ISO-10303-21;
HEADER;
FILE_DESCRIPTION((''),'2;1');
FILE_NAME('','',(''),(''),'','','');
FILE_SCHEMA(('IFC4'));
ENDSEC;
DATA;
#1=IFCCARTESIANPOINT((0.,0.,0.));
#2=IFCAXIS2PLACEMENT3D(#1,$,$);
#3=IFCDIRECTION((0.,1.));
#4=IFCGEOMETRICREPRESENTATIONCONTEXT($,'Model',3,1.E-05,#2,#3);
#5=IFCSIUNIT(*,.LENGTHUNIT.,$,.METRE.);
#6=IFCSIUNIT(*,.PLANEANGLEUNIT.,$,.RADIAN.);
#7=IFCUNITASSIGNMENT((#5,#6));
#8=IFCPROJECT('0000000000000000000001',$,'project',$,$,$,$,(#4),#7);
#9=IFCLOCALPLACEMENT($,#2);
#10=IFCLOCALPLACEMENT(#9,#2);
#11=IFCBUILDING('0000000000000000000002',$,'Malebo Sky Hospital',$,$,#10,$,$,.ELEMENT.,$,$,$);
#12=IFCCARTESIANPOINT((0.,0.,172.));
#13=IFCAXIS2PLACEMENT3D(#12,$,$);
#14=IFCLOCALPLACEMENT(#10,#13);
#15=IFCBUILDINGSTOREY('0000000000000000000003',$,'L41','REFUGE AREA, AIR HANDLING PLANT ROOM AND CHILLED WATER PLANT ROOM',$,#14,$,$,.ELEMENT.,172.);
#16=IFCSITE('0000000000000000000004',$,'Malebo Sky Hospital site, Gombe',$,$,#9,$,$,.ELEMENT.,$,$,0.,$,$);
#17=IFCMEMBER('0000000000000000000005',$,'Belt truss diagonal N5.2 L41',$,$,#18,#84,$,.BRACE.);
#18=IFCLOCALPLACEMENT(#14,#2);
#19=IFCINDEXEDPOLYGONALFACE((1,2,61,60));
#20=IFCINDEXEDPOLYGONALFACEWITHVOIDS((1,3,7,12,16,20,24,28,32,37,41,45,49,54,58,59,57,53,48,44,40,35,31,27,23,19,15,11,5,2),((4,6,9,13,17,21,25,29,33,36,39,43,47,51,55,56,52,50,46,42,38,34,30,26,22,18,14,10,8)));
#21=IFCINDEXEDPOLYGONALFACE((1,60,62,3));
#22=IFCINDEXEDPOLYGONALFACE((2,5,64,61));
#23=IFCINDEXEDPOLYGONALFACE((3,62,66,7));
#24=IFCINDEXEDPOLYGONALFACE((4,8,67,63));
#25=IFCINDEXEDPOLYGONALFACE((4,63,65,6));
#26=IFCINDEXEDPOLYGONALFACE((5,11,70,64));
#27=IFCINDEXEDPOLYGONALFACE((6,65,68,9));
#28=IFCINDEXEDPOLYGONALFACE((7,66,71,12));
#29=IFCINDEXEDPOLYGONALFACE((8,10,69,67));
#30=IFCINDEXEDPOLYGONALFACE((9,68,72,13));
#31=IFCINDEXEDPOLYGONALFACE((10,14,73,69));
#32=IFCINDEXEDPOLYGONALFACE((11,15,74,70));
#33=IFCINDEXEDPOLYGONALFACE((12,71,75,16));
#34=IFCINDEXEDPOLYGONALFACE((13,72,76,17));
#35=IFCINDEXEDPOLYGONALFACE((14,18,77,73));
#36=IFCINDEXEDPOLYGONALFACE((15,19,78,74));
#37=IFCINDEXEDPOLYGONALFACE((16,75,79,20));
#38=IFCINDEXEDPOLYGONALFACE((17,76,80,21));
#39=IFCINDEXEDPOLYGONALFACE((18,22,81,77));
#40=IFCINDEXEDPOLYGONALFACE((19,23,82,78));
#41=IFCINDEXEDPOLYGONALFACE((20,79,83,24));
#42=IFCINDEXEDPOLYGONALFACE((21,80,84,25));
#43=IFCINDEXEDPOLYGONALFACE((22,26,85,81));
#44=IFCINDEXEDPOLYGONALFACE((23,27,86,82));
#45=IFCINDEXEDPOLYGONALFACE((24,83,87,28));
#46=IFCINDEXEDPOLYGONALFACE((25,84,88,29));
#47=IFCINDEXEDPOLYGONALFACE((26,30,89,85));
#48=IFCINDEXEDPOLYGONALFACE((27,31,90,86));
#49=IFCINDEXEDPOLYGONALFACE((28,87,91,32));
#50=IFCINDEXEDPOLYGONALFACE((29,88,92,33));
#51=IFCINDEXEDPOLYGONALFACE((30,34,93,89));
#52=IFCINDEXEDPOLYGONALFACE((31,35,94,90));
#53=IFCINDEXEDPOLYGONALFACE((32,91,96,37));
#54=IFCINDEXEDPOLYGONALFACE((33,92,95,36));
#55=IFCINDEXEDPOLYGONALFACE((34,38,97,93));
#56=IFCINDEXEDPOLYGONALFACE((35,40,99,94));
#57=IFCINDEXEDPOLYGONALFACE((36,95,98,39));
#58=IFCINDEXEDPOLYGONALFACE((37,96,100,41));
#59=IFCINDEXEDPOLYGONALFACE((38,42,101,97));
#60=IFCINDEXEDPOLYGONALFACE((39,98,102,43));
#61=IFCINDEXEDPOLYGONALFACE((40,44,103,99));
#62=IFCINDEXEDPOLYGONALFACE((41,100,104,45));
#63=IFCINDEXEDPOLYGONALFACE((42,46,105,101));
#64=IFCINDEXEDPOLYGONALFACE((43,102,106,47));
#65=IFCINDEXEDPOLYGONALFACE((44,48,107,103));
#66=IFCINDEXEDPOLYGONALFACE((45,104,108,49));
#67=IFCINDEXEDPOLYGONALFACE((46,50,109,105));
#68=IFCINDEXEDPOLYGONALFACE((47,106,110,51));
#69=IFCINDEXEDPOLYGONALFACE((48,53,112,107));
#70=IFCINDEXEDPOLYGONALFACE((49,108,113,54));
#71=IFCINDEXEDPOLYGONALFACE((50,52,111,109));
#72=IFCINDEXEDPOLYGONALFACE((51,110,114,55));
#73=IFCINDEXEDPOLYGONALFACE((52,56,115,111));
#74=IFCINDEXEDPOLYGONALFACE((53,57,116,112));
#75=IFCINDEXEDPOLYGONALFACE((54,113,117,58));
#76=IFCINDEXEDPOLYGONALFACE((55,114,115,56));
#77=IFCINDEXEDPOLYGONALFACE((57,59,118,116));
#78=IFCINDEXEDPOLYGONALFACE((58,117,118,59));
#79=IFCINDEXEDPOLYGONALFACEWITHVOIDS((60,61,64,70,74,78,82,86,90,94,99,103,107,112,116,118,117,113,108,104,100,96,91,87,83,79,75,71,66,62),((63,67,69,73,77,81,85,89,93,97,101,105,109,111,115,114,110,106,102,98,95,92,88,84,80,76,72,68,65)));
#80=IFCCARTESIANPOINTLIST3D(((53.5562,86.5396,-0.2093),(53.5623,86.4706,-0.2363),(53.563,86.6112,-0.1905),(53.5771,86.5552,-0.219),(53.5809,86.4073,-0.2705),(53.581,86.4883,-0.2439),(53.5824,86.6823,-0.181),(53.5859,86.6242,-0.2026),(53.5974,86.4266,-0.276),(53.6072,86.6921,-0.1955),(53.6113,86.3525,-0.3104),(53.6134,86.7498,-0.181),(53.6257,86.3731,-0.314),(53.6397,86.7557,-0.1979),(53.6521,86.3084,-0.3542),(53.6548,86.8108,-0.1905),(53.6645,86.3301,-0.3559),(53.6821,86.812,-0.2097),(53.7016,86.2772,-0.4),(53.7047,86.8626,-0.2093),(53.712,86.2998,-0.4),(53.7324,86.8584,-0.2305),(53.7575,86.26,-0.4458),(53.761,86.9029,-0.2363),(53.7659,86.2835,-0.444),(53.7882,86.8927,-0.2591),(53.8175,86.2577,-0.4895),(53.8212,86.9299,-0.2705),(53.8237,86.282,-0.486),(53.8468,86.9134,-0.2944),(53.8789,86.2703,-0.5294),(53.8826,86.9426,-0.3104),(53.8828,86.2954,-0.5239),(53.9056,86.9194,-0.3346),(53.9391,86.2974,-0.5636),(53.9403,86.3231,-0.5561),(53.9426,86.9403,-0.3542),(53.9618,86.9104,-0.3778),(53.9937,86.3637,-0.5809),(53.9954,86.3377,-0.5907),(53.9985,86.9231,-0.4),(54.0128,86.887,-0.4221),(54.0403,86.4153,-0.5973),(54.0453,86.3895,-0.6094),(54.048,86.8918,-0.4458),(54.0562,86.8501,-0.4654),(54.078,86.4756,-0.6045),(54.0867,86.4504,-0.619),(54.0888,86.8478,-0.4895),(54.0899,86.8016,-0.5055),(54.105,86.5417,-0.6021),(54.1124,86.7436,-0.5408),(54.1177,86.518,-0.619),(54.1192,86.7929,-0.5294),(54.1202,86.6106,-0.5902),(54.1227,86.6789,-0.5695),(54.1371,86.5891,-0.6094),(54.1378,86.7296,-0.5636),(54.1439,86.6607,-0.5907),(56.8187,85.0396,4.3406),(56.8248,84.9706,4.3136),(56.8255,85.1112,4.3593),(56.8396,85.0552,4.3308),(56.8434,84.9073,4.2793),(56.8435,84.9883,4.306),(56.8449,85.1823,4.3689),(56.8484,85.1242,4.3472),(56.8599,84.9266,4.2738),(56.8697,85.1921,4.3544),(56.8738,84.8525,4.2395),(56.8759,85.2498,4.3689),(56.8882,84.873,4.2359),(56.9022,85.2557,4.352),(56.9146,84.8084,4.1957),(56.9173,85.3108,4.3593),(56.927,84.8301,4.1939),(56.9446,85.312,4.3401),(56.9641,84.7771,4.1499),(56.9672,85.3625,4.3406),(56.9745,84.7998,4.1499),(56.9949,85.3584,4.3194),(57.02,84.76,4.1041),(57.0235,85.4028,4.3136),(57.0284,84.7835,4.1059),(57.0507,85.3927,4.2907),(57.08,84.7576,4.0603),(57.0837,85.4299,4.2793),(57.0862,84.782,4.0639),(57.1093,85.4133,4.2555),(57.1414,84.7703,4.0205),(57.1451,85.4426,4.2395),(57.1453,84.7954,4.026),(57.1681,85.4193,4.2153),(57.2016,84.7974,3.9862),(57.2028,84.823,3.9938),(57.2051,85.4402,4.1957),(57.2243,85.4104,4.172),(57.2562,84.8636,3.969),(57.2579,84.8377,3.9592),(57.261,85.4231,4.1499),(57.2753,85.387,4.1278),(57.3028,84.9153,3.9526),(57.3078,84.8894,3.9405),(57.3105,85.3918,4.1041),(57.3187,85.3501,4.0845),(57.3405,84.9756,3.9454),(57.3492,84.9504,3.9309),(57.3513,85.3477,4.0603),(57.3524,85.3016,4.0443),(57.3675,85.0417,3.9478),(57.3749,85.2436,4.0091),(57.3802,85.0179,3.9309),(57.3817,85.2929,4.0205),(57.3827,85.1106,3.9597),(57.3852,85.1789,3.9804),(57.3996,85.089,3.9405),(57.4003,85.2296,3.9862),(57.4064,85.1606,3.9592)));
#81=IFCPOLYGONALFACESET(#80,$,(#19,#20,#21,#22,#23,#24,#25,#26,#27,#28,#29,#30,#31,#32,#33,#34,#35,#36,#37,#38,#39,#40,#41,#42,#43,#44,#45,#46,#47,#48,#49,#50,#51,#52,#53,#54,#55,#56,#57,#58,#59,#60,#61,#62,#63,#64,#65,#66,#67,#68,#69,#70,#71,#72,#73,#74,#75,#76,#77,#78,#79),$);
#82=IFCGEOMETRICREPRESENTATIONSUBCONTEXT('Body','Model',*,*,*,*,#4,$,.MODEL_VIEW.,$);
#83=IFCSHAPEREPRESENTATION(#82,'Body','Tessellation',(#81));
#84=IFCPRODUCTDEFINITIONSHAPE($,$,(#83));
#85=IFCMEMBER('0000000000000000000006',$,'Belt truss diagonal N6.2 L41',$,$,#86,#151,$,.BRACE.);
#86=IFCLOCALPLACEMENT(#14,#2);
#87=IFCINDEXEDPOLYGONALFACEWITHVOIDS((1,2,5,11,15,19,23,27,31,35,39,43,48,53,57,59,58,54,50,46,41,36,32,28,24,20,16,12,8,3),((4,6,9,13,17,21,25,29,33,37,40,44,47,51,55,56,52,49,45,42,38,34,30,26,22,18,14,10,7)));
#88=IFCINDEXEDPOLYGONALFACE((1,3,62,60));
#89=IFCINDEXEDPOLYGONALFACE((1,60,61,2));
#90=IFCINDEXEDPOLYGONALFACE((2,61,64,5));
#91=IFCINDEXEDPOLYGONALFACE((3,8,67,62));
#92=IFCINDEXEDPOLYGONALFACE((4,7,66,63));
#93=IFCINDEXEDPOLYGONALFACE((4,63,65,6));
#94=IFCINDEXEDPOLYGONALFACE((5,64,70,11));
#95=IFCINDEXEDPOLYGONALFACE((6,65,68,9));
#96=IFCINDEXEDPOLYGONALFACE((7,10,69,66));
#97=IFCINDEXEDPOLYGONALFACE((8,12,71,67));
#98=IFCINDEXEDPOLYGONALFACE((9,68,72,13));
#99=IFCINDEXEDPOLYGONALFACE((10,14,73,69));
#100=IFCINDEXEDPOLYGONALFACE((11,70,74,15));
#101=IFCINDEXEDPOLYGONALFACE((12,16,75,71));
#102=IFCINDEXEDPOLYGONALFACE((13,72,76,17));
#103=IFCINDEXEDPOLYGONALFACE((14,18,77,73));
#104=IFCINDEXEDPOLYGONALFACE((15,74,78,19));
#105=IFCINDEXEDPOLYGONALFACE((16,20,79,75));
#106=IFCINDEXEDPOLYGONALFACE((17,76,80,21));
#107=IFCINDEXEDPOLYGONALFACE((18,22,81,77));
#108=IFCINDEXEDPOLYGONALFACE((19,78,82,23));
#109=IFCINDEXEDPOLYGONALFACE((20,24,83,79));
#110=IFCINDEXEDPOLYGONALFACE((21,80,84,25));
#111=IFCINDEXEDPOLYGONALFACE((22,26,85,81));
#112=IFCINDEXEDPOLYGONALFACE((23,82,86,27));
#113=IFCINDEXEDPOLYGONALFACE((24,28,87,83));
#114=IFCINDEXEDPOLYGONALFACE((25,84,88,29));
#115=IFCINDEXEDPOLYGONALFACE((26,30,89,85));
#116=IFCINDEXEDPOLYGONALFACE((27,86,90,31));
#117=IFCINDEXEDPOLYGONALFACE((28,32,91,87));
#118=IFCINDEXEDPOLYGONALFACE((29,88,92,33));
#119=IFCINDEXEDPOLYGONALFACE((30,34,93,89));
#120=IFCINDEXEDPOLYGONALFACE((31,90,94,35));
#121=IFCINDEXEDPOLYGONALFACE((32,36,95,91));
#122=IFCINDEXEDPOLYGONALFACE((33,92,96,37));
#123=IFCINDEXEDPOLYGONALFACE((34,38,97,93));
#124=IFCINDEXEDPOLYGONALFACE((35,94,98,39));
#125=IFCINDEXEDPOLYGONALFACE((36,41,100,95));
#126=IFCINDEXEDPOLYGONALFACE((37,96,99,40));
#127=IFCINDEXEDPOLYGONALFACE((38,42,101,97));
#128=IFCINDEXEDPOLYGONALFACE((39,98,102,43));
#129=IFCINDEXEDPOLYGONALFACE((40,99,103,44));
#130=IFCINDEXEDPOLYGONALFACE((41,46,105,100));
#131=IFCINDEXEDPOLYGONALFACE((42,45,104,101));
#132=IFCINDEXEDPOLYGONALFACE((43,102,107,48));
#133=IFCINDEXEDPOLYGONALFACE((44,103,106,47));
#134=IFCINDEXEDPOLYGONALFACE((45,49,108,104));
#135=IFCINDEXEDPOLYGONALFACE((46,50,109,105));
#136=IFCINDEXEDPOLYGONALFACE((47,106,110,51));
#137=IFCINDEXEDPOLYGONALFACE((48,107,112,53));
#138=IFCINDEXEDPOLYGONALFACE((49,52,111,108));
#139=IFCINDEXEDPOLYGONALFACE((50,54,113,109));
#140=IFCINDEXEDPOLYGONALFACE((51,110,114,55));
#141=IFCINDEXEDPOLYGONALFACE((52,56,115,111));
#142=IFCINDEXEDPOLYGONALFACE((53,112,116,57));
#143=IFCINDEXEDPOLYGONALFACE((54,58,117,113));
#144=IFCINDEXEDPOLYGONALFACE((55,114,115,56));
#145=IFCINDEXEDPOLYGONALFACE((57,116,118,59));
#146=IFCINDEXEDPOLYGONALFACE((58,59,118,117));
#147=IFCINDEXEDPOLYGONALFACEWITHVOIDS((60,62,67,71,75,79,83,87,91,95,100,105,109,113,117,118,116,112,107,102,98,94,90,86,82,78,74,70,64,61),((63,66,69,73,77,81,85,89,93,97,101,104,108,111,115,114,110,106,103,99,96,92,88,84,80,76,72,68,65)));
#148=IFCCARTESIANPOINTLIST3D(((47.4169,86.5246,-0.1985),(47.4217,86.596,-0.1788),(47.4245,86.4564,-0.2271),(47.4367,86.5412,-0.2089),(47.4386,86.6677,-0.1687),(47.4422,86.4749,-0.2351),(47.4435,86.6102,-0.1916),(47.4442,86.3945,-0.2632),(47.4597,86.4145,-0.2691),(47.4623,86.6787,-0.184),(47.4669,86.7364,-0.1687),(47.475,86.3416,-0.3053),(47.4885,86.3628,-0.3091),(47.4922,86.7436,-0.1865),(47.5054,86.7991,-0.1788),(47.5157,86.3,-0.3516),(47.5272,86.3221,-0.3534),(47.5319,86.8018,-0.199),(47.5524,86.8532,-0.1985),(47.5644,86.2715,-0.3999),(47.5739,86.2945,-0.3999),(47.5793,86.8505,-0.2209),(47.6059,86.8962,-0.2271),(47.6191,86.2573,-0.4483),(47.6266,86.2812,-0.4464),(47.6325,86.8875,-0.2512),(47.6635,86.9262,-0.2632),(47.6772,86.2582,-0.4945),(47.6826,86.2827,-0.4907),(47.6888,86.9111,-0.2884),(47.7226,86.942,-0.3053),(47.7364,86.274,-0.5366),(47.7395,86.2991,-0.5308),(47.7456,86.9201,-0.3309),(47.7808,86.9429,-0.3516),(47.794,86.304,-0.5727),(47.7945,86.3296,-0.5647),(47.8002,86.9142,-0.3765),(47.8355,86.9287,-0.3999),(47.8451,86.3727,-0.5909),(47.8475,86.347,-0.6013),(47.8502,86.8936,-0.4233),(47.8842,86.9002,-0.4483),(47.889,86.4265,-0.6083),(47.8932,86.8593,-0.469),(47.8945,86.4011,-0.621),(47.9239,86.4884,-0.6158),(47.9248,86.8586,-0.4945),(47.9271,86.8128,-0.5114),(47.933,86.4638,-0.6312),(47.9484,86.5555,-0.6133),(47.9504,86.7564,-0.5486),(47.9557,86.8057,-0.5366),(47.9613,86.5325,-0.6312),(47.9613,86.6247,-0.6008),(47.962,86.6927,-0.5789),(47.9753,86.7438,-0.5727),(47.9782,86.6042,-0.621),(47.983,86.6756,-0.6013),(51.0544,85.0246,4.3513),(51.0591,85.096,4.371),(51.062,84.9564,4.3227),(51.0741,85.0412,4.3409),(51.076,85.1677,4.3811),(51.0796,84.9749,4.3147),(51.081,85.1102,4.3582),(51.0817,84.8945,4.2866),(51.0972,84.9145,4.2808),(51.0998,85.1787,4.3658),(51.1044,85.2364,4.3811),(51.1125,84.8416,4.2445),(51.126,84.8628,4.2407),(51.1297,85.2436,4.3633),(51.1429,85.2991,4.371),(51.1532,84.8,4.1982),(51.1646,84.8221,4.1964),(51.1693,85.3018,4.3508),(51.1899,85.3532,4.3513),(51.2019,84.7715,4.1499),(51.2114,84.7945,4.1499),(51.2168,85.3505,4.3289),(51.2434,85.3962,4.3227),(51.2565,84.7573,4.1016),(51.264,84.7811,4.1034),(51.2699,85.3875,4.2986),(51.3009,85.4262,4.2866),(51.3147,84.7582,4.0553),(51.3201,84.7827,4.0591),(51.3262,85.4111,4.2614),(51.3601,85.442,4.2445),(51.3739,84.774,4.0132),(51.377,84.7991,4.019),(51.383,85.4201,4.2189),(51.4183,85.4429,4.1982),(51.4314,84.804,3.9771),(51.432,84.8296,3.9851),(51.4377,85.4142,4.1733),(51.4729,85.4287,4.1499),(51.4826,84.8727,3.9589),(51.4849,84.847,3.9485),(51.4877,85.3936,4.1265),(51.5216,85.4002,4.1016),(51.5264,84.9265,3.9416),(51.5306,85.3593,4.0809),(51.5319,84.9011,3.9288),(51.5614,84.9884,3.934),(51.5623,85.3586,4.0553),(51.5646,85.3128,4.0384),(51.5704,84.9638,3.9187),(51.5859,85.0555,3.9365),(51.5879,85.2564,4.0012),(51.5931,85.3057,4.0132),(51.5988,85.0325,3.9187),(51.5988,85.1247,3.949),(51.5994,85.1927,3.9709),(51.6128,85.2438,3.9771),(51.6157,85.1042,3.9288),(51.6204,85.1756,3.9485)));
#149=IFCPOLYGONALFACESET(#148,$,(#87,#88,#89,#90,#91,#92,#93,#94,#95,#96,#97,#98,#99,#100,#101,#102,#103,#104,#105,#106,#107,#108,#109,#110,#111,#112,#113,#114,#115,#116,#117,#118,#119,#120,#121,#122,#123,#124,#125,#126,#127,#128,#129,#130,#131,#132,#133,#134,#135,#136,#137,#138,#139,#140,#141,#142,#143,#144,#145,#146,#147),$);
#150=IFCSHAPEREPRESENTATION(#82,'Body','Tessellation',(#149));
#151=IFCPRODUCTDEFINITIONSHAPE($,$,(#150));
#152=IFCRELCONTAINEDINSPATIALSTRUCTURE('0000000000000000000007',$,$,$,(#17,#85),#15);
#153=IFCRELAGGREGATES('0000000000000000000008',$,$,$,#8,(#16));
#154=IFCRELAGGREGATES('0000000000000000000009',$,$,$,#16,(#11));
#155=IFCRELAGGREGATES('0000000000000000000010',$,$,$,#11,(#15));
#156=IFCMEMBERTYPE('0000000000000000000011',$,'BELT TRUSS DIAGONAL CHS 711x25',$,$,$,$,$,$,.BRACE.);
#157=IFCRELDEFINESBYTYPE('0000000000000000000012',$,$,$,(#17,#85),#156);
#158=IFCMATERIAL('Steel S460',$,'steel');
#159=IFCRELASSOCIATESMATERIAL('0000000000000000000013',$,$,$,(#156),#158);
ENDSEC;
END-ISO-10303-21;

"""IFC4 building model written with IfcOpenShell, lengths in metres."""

from ifc_helpers import new_model, si_unit, direction, frame, origin, origin_2d, place, context, subcontext, project, spatial, hollow_circle, extrude, material, material_profile, profile_set, type_object, element, save


model = new_model("IFC4")

# Units and contexts
model_context = context("Model", 3, precision=1e-05, world=origin(), true_north=direction((0.0, 1.0)))
body_context = subcontext(model_context, "Body", "Model", "MODEL_VIEW")
ifc_project = project(units=[si_unit("LENGTHUNIT", "METRE"), si_unit("PLANEANGLEUNIT", "RADIAN")], contexts=[model_context])

# Site, building, storey
site_placement = place(None, origin())
site = spatial("IfcSite", under=ifc_project, at=site_placement, Name="Malebo Sky Hospital site, Gombe", CompositionType="ELEMENT", RefElevation=0.0)
building_placement = place(site_placement, origin())
building = spatial("IfcBuilding", under=site, at=building_placement, Name="Malebo Sky Hospital", CompositionType="ELEMENT")
storey_placement = place(building_placement, frame((0.0, 0.0, 172.0)))
storey = spatial("IfcBuildingStorey", under=building, at=storey_placement, Name="L41", Description="REFUGE AREA, AIR HANDLING PLANT ROOM AND CHILLED WATER PLANT ROOM", CompositionType="ELEMENT", Elevation=172.0)

# Members
ifc_material_1 = material(Name="Steel S460", Category="steel")
ifc_material_profile = material_profile(ifc_material_1, hollow_circle(Radius=0.3555, WallThickness=0.0249, at=origin_2d()), Name="CHS 711x25")
ifc_profile_set = profile_set([ifc_material_profile], Name="Steel S460")
member_type = type_object("IfcMemberType", Name="BELT TRUSS DIAGONAL CHS 711x25", PredefinedType="BRACE", material=ifc_profile_set)
member_1_placement = place(storey_placement, frame((57.1125, 85.1001, 4.1499), z_axis=(-0.562874, 0.258796, -0.784982), x_axis=(-0.417738, -0.908567, 0.0)))
element("IfcMember", 1, at=member_1_placement, inside=storey, type_object=member_type, Name="Belt truss diagonal N5.2 L41", PredefinedType="BRACE", context=body_context, shape_type="SweptSolid", body=[
    extrude(hollow_circle(Radius=0.3555, WallThickness=0.0249, at=origin_2d()), origin(), (0.0, 0.0, 1.0), 5.7961),
])
member_2_placement = place(storey_placement, frame((51.3374, 85.1001, 4.1499), z_axis=(-0.604717, 0.249371, -0.756394), x_axis=(-0.381233, -0.924479, 0.0)))
element("IfcMember", 2, at=member_2_placement, inside=storey, type_object=member_type, Name="Belt truss diagonal N6.2 L41", PredefinedType="BRACE", context=body_context, shape_type="SweptSolid", body=[
    extrude(hollow_circle(Radius=0.3555, WallThickness=0.0249, at=origin_2d()), origin(), (0.0, 0.0, 1.0), 6.0151),
])

save(model, "model.ifc")
